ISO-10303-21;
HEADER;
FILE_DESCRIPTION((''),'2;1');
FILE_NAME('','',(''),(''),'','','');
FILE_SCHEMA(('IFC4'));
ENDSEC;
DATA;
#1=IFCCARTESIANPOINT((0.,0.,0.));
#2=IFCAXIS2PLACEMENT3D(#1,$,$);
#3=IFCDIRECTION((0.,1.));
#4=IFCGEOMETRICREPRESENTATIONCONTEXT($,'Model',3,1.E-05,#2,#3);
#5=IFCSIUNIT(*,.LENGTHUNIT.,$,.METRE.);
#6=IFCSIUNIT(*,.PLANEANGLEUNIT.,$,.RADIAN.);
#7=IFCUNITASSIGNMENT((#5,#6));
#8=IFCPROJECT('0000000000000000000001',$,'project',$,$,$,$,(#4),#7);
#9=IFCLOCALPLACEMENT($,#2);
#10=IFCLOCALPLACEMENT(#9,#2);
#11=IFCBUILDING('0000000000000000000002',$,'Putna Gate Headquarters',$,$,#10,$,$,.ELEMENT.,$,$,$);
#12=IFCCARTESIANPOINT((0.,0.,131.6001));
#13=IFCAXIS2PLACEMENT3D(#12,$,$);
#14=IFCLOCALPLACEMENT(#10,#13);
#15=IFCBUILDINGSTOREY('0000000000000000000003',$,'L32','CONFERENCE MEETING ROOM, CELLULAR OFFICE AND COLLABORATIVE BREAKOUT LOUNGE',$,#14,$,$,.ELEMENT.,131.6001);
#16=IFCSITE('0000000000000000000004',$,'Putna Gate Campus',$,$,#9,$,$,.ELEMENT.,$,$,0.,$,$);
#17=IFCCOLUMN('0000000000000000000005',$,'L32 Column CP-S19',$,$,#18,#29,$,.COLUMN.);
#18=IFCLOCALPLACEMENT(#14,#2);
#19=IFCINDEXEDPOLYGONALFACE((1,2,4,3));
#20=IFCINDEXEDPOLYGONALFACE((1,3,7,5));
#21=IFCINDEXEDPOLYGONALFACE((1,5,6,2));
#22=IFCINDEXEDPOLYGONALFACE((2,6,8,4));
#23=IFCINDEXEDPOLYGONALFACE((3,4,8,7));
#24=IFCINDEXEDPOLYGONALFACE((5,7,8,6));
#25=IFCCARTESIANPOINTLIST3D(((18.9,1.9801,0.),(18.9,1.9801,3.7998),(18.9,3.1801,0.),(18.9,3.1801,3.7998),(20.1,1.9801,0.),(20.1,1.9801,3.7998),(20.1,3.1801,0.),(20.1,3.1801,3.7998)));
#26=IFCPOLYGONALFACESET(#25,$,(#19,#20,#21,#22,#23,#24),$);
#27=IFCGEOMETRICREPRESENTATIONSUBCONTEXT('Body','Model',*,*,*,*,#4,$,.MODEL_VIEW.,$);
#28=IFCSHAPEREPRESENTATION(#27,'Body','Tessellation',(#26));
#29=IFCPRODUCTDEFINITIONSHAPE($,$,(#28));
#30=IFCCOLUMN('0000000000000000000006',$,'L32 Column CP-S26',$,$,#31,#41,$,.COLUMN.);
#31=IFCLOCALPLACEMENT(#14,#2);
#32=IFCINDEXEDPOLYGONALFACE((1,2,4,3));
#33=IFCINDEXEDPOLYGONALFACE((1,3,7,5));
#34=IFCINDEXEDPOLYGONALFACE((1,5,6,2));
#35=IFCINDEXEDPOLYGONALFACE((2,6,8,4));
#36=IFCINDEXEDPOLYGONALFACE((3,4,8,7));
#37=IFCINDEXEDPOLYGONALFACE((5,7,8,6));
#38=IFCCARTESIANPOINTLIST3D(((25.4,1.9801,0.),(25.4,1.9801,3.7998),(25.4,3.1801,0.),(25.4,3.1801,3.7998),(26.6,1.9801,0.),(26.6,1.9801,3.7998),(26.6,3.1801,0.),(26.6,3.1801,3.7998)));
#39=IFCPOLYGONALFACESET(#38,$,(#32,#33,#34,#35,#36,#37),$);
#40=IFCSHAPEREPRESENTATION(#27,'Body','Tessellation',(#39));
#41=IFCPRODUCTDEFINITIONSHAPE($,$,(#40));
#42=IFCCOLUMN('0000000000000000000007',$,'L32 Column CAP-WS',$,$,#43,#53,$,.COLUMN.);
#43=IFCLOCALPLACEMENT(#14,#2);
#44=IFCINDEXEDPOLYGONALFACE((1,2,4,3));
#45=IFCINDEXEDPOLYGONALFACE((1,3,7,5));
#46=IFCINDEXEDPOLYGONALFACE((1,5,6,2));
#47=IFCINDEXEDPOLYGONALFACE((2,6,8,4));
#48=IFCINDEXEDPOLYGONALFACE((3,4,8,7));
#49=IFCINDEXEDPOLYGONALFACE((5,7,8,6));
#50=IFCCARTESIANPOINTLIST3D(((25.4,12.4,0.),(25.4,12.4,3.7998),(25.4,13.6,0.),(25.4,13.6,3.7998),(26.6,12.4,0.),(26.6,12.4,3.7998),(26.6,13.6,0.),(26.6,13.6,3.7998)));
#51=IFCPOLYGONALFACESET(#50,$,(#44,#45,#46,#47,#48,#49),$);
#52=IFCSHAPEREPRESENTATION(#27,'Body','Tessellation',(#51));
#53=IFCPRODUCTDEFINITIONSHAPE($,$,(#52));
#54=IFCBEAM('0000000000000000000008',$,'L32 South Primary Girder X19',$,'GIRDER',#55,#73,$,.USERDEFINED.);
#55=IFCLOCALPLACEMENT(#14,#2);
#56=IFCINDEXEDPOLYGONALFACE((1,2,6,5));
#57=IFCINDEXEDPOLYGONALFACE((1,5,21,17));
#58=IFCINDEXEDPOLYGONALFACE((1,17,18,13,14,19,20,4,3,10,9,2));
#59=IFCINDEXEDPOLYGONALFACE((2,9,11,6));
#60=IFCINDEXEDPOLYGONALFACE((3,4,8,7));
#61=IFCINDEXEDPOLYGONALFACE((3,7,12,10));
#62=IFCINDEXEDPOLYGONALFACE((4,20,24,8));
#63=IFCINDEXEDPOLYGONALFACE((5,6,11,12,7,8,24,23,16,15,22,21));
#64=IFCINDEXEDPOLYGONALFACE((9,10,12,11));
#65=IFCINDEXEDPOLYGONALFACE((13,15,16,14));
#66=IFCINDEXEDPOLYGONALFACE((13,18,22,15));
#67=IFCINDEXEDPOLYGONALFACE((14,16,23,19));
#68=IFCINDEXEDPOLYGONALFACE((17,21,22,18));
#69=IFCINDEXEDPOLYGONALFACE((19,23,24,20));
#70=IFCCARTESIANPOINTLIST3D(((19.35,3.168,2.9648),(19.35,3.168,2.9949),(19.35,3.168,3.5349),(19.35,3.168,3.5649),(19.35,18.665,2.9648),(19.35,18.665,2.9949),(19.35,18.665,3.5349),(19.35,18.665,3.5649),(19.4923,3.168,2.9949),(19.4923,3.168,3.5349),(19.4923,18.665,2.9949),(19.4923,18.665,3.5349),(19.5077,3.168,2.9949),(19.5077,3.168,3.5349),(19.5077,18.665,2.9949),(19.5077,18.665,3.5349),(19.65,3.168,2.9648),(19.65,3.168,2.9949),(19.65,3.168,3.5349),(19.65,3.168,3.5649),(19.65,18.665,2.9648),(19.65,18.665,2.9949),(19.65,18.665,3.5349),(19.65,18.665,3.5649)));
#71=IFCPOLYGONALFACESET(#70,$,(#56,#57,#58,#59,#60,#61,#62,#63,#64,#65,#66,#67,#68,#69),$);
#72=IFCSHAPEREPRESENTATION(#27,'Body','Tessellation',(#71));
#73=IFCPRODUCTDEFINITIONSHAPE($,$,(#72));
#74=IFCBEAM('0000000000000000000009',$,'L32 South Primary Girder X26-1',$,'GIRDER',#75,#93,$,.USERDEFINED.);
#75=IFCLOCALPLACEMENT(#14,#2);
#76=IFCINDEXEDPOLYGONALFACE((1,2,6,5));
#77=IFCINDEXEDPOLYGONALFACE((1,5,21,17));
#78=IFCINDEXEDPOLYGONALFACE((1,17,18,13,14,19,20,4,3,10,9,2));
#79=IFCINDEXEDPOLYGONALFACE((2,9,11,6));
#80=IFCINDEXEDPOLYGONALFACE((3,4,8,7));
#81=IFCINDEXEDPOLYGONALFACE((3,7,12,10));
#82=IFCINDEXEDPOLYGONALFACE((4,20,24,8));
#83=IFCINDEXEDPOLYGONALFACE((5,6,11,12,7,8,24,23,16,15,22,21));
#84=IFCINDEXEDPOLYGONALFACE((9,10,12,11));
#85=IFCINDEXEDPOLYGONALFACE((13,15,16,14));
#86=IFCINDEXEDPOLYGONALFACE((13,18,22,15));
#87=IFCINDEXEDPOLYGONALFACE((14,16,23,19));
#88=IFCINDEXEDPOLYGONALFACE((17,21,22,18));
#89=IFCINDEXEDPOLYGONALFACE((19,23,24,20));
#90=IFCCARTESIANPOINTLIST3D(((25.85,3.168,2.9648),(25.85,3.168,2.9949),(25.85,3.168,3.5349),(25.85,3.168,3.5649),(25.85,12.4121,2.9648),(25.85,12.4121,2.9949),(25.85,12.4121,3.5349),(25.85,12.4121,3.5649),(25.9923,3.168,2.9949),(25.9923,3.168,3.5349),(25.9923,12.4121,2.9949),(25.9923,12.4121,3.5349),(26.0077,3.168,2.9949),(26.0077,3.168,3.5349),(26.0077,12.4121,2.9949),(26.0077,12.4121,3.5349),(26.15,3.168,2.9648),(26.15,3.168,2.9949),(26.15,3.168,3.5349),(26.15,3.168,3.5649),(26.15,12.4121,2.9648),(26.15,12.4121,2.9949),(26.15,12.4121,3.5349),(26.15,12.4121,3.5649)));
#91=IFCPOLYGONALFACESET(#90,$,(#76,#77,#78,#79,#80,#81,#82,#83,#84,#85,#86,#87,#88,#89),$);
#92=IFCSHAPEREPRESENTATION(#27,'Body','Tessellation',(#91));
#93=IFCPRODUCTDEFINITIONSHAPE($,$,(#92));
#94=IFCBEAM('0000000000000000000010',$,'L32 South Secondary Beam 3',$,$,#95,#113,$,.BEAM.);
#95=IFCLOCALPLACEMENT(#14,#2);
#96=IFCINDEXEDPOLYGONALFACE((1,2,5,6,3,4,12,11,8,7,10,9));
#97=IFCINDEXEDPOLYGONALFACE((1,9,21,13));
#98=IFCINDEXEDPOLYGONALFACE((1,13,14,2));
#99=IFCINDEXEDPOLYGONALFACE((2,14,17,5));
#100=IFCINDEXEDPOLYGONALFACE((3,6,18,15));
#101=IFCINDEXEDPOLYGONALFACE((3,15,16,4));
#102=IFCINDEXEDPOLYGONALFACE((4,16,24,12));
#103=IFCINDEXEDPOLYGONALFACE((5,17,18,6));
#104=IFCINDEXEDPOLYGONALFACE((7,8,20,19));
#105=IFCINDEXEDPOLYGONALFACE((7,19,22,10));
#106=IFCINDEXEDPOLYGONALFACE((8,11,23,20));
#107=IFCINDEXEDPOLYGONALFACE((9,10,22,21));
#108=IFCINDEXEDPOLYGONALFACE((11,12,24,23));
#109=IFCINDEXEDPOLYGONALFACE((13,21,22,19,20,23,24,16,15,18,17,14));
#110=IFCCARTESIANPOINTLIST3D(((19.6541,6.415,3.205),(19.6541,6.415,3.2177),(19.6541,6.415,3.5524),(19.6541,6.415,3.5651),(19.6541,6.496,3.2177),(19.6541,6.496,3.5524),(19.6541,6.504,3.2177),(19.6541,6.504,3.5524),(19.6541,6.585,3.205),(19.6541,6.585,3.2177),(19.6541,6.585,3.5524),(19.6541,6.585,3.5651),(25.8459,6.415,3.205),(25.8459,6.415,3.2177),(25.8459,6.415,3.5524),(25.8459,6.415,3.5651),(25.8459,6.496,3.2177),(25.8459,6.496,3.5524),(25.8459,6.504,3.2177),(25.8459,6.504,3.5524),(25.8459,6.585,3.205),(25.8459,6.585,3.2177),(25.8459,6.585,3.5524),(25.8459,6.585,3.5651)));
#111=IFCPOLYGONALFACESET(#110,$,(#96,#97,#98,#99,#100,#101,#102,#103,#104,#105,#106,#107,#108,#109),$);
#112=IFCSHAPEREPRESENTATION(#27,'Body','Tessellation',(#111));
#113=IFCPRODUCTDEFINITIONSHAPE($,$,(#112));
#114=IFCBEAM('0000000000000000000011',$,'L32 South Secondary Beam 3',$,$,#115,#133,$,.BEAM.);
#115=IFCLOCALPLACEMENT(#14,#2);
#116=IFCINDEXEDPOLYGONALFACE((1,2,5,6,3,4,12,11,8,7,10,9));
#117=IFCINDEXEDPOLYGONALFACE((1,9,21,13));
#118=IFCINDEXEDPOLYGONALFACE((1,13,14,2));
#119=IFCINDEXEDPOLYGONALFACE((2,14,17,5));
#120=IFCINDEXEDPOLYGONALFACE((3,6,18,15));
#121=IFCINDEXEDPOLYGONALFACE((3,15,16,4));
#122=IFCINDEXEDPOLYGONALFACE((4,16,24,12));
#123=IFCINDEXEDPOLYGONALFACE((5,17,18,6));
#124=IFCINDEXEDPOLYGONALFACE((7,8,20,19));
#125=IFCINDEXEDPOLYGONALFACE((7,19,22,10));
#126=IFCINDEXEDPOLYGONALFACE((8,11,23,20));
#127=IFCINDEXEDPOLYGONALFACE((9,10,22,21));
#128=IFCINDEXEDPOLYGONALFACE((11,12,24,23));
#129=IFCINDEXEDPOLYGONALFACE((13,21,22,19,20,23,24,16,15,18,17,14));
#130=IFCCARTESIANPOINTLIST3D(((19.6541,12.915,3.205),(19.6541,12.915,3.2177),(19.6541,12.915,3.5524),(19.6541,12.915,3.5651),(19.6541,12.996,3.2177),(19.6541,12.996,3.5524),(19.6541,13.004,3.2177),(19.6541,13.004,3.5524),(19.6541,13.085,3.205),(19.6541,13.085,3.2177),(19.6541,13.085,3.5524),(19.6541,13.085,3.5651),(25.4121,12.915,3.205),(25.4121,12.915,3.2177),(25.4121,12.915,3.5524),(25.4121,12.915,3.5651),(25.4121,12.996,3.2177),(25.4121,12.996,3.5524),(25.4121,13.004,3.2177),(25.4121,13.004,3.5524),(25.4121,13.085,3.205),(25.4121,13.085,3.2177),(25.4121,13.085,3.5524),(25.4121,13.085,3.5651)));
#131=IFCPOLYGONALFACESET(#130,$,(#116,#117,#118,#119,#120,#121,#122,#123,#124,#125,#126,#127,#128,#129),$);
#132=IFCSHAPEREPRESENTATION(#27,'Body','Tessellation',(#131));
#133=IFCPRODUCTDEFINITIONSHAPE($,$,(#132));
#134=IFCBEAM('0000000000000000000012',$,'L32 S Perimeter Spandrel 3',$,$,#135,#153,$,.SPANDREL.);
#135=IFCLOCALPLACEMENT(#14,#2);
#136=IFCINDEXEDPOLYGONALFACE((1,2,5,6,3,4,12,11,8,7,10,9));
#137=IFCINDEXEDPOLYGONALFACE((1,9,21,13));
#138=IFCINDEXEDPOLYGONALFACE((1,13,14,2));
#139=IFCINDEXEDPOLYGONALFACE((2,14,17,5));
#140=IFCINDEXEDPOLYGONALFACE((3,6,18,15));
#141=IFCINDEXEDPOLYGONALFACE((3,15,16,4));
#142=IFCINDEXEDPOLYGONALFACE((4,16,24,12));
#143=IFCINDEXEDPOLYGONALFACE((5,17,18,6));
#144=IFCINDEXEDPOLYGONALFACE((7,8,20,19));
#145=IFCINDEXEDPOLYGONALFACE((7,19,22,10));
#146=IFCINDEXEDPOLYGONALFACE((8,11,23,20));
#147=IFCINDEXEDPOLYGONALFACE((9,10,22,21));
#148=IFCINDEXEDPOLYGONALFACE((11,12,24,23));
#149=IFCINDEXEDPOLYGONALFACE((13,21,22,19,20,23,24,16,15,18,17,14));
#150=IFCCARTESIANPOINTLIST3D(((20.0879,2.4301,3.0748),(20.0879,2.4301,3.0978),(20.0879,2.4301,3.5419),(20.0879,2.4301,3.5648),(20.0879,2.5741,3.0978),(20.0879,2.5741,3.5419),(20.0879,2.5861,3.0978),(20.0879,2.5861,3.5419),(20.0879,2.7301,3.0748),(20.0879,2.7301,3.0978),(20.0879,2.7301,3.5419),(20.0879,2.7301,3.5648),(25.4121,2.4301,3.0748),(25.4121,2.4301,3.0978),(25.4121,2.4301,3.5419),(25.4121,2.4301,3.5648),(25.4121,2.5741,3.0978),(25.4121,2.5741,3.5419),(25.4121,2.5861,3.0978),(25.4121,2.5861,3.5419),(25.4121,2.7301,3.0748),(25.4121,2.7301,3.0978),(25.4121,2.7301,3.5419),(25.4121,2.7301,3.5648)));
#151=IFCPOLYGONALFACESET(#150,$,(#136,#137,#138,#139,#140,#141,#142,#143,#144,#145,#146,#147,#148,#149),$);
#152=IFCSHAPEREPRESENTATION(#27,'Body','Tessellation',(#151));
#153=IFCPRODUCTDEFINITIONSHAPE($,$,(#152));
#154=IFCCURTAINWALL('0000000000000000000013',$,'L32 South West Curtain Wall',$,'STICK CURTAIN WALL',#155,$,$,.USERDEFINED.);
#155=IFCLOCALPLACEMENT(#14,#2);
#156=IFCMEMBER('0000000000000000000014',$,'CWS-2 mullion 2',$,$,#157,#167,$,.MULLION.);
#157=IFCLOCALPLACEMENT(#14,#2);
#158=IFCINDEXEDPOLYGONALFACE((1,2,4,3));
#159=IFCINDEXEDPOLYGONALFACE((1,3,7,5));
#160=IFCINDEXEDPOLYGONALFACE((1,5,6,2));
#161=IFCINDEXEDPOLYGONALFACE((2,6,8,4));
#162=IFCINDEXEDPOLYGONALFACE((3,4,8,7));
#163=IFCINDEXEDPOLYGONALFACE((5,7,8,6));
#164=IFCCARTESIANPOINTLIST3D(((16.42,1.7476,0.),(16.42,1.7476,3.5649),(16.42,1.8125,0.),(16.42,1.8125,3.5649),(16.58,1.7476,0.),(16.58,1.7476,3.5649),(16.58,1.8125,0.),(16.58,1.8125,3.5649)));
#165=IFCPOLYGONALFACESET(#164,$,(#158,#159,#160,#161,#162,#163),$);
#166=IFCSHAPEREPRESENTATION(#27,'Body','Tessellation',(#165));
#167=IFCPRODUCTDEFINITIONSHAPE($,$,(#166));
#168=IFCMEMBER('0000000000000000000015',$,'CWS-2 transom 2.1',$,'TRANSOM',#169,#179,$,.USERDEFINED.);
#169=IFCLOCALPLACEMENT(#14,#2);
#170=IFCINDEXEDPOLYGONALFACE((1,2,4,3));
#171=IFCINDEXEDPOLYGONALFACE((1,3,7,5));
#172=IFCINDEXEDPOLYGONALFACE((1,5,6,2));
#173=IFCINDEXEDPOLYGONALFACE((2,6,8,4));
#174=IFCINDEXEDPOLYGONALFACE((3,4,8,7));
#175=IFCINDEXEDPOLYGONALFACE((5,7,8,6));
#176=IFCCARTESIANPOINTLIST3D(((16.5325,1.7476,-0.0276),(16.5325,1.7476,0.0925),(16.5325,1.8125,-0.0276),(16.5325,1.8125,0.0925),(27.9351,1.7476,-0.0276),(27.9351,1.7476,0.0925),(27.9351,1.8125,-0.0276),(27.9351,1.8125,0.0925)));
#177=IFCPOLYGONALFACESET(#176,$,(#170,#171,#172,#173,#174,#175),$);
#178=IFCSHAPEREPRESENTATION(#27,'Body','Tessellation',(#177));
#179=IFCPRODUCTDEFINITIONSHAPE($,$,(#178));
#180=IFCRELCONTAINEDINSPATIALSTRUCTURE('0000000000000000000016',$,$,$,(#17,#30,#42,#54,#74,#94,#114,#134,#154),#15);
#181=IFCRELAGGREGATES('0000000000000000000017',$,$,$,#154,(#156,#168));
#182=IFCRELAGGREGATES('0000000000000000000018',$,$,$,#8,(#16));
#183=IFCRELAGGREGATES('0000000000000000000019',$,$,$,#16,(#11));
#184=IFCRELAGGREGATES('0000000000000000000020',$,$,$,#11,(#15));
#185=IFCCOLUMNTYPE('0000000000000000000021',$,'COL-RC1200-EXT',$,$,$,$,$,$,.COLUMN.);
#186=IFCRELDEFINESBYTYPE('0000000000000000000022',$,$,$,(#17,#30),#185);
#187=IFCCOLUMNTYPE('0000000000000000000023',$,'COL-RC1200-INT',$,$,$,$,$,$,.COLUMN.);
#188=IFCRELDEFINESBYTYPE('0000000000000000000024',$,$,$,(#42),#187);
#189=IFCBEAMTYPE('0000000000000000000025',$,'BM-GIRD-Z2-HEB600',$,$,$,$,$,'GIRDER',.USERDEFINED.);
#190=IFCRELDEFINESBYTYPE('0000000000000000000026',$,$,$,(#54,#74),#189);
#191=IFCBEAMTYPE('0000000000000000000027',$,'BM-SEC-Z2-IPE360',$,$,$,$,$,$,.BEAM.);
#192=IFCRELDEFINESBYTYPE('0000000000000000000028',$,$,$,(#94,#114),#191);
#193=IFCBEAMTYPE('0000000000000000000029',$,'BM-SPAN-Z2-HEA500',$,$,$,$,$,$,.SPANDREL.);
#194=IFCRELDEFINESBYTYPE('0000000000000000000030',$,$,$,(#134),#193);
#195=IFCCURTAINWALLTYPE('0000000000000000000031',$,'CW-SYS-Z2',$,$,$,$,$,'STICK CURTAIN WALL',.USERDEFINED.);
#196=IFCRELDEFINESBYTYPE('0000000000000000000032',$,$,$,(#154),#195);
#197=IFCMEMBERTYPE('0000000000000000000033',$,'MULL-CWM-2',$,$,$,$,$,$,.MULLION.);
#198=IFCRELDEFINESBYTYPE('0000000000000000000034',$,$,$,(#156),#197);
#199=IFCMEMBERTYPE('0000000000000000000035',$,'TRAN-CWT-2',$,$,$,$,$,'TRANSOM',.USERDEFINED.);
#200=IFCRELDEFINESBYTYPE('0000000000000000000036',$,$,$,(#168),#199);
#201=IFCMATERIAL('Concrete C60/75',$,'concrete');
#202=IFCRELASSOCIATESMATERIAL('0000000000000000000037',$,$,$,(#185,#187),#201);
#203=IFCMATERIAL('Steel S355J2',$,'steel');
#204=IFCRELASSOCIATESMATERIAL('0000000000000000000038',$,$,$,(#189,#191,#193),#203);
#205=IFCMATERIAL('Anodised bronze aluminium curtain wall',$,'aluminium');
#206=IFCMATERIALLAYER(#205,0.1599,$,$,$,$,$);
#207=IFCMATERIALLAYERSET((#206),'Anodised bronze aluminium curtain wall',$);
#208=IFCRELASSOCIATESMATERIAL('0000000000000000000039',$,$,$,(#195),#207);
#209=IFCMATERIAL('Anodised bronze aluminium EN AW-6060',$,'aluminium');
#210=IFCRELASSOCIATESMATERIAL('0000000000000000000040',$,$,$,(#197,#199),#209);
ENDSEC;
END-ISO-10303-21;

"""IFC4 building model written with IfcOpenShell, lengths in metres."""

from ifc_helpers import new_model, si_unit, direction, frame, origin, origin_2d, place, context, subcontext, project, spatial, rectangle, i_section, extrude, material, layer, layer_set, material_profile, profile_set, type_object, element, aggregate, save


model = new_model("IFC4")

# Units and contexts
model_context = context("Model", 3, precision=1e-05, world=origin(), true_north=direction((0.0, 1.0)))
body_context = subcontext(model_context, "Body", "Model", "MODEL_VIEW")
ifc_project = project(units=[si_unit("LENGTHUNIT", "METRE"), si_unit("PLANEANGLEUNIT", "RADIAN")], contexts=[model_context])

# Site, building, storey
site_placement = place(None, origin())
site = spatial("IfcSite", under=ifc_project, at=site_placement, Name="Putna Gate Campus", CompositionType="ELEMENT", RefElevation=0.0)
building_placement = place(site_placement, origin())
building = spatial("IfcBuilding", under=site, at=building_placement, Name="Putna Gate Headquarters", CompositionType="ELEMENT")
storey_placement = place(building_placement, frame((0.0, 0.0, 131.6001)))
storey = spatial("IfcBuildingStorey", under=building, at=storey_placement, Name="L32", Description="CONFERENCE MEETING ROOM, CELLULAR OFFICE AND COLLABORATIVE BREAKOUT LOUNGE", CompositionType="ELEMENT", Elevation=131.6001)

# Columns
ifc_material_1 = material(Name="Concrete C60/75", Category="concrete")
ifc_material_profile_1 = material_profile(ifc_material_1, rectangle(XDim=1.2, YDim=1.2, at=origin_2d()), Name="Concrete C60/75")
ifc_profile_set_1 = profile_set([ifc_material_profile_1], Name="Concrete C60/75")
column_type_1 = type_object("IfcColumnType", Name="COL-RC1200-EXT", PredefinedType="COLUMN", material=ifc_profile_set_1)
for number, where, z_axis, x_axis, name in (
    (1, (19.5, 2.5801, 0.0), (0.0, 0.0, 1.0), (1.0, 0.0, 0.0), "L32 Column CP-S19"),
    (2, (26.0, 2.5801, 0.0), (0.0, 0.0, 1.0), (1.0, 0.0, 0.0), "L32 Column CP-S26"),
):
    element("IfcColumn", number, at=place(storey_placement, frame(where, z_axis=z_axis, x_axis=x_axis)), inside=storey, type_object=column_type_1, Name=name, PredefinedType="COLUMN", context=body_context, shape_type="SweptSolid", body=[
        extrude(rectangle(XDim=1.2, YDim=1.2, at=origin_2d()), origin(), (0.0, 0.0, 1.0), 3.7998),
    ])
ifc_material_profile_2 = material_profile(ifc_material_1, rectangle(XDim=1.2, YDim=1.2, at=origin_2d()), Name="Concrete C60/75")
ifc_profile_set_2 = profile_set([ifc_material_profile_2], Name="Concrete C60/75")
column_type_2 = type_object("IfcColumnType", Name="COL-RC1200-INT", PredefinedType="COLUMN", material=ifc_profile_set_2)
column_placement = place(storey_placement, frame((26.0, 13.0, 0.0), z_axis=(0.0, 0.0, 1.0), x_axis=(1.0, 0.0, 0.0)))
element("IfcColumn", 3, at=column_placement, inside=storey, type_object=column_type_2, Name="L32 Column CAP-WS", PredefinedType="COLUMN", context=body_context, shape_type="SweptSolid", body=[
    extrude(rectangle(XDim=1.2, YDim=1.2, at=origin_2d()), origin(), (0.0, 0.0, 1.0), 3.7998),
])

# Beams
ifc_material_2 = material(Name="Steel S355J2", Category="steel")
ifc_material_profile_3 = material_profile(ifc_material_2, i_section(OverallWidth=0.3, OverallDepth=0.6001, WebThickness=0.0154, FlangeThickness=0.03, at=origin_2d()), Name="Steel S355J2")
ifc_profile_set_3 = profile_set([ifc_material_profile_3], Name="Steel S355J2")
beam_type_1 = type_object("IfcBeamType", Name="BM-GIRD-Z2-HEB600", ElementType="GIRDER", PredefinedType="USERDEFINED", material=ifc_profile_set_3)
beam_1_placement = place(storey_placement, frame((19.5, 3.168, 3.2649), z_axis=(0.0, 1.0, 0.0), x_axis=(-1.0, 0.0, 0.0)))
element("IfcBeam", 4, at=beam_1_placement, inside=storey, type_object=beam_type_1, Name="L32 South Primary Girder X19", ObjectType="GIRDER", PredefinedType="USERDEFINED", context=body_context, shape_type="SweptSolid", body=[
    extrude(i_section(OverallWidth=0.3, OverallDepth=0.6001, WebThickness=0.0154, FlangeThickness=0.03, at=origin_2d()), origin(), (0.0, 0.0, 1.0), 15.4971),
])
beam_2_placement = place(storey_placement, frame((26.0, 3.168, 3.2649), z_axis=(0.0, 1.0, 0.0), x_axis=(-1.0, 0.0, 0.0)))
element("IfcBeam", 5, at=beam_2_placement, inside=storey, type_object=beam_type_1, Name="L32 South Primary Girder X26-1", ObjectType="GIRDER", PredefinedType="USERDEFINED", context=body_context, shape_type="SweptSolid", body=[
    extrude(i_section(OverallWidth=0.3, OverallDepth=0.6001, WebThickness=0.0154, FlangeThickness=0.03, at=origin_2d()), origin(), (0.0, 0.0, 1.0), 9.2441),
])
ifc_material_profile_4 = material_profile(ifc_material_2, i_section(OverallWidth=0.1699, OverallDepth=0.3601, WebThickness=0.0081, FlangeThickness=0.0127, at=origin_2d()), Name="Steel S355J2")
ifc_profile_set_4 = profile_set([ifc_material_profile_4], Name="Steel S355J2")
beam_type_2 = type_object("IfcBeamType", Name="BM-SEC-Z2-IPE360", PredefinedType="BEAM", material=ifc_profile_set_4)
beam_3_placement = place(storey_placement, frame((19.6541, 6.5, 3.385), z_axis=(1.0, 0.0, 0.0), x_axis=(0.0, 1.0, 0.0)))
element("IfcBeam", 6, at=beam_3_placement, inside=storey, type_object=beam_type_2, Name="L32 South Secondary Beam 3", PredefinedType="BEAM", context=body_context, shape_type="SweptSolid", body=[
    extrude(i_section(OverallWidth=0.1699, OverallDepth=0.3601, WebThickness=0.0081, FlangeThickness=0.0127, at=origin_2d()), origin(), (0.0, 0.0, 1.0), 6.1919),
])
beam_4_placement = place(storey_placement, frame((19.6541, 13.0, 3.385), z_axis=(1.0, 0.0, 0.0), x_axis=(0.0, 1.0, 0.0)))
element("IfcBeam", 7, at=beam_4_placement, inside=storey, type_object=beam_type_2, Name="L32 South Secondary Beam 3", PredefinedType="BEAM", context=body_context, shape_type="SweptSolid", body=[
    extrude(i_section(OverallWidth=0.1699, OverallDepth=0.3601, WebThickness=0.0081, FlangeThickness=0.0127, at=origin_2d()), origin(), (0.0, 0.0, 1.0), 5.7581),
])
ifc_material_profile_5 = material_profile(ifc_material_2, i_section(OverallWidth=0.3, OverallDepth=0.49, WebThickness=0.012, FlangeThickness=0.0229, at=origin_2d()), Name="Steel S355J2")
ifc_profile_set_5 = profile_set([ifc_material_profile_5], Name="Steel S355J2")
beam_type_3 = type_object("IfcBeamType", Name="BM-SPAN-Z2-HEA500", PredefinedType="SPANDREL", material=ifc_profile_set_5)
beam_5_placement = place(storey_placement, frame((20.0879, 2.5801, 3.3198), z_axis=(1.0, 0.0, 0.0), x_axis=(0.0, 1.0, 0.0)))
element("IfcBeam", 8, at=beam_5_placement, inside=storey, type_object=beam_type_3, Name="L32 S Perimeter Spandrel 3", PredefinedType="SPANDREL", context=body_context, shape_type="SweptSolid", body=[
    extrude(i_section(OverallWidth=0.3, OverallDepth=0.49, WebThickness=0.012, FlangeThickness=0.0229, at=origin_2d()), origin(), (0.0, 0.0, 1.0), 5.3242),
])

# Curtain wall, members
ifc_material_3 = material(Name="Anodised bronze aluminium curtain wall", Category="aluminium")
ifc_layer_1 = layer(ifc_material_3, 0.1599)
ifc_layer_set_1 = layer_set([ifc_layer_1], Name="Anodised bronze aluminium curtain wall")
curtain_wall_type = type_object("IfcCurtainWallType", Name="CW-SYS-Z2", ElementType="STICK CURTAIN WALL", PredefinedType="USERDEFINED", material=ifc_layer_set_1)
curtain_wall_placement = place(storey_placement, origin())
curtain_wall = element("IfcCurtainWall", 9, at=curtain_wall_placement, inside=storey, type_object=curtain_wall_type, Name="L32 South West Curtain Wall", ObjectType="STICK CURTAIN WALL", PredefinedType="USERDEFINED")
ifc_material_4 = material(Name="Anodised bronze aluminium EN AW-6060", Category="aluminium")
ifc_material_profile_6 = material_profile(ifc_material_4, rectangle(XDim=0.0649, YDim=0.1599, at=origin_2d()), Name="Anodised bronze aluminium EN AW-6060")
ifc_profile_set_6 = profile_set([ifc_material_profile_6], Name="Anodised bronze aluminium EN AW-6060")
member_type_1 = type_object("IfcMemberType", Name="MULL-CWM-2", PredefinedType="MULLION", material=ifc_profile_set_6)
member_1_placement = place(storey_placement, frame((16.5, 1.78, 0.0), z_axis=(0.0, 0.0, 1.0), x_axis=(0.0, 1.0, 0.0)))
member_1 = element("IfcMember", 10, at=member_1_placement, type_object=member_type_1, Name="CWS-2 mullion 2", PredefinedType="MULLION", context=body_context, shape_type="SweptSolid", body=[
    extrude(rectangle(XDim=0.0649, YDim=0.1599, at=origin_2d()), origin(), (0.0, 0.0, 1.0), 3.5649),
])
ifc_material_profile_7 = material_profile(ifc_material_4, rectangle(XDim=0.0649, YDim=0.1201, at=origin_2d()), Name="Anodised bronze aluminium EN AW-6060")
ifc_profile_set_7 = profile_set([ifc_material_profile_7], Name="Anodised bronze aluminium EN AW-6060")
member_type_2 = type_object("IfcMemberType", Name="TRAN-CWT-2", ElementType="TRANSOM", PredefinedType="USERDEFINED", material=ifc_profile_set_7)
member_2_placement = place(storey_placement, frame((16.5325, 1.78, 0.0325), z_axis=(1.0, 0.0, 0.0), x_axis=(0.0, 1.0, 0.0)))
member_2 = element("IfcMember", 11, at=member_2_placement, type_object=member_type_2, Name="CWS-2 transom 2.1", ObjectType="TRANSOM", PredefinedType="USERDEFINED", context=body_context, shape_type="SweptSolid", body=[
    extrude(rectangle(XDim=0.0649, YDim=0.1201, at=origin_2d()), origin(), (0.0, 0.0, 1.0), 11.4026),
])
aggregate(curtain_wall, [member_1, member_2])

save(model, "model.ifc")
